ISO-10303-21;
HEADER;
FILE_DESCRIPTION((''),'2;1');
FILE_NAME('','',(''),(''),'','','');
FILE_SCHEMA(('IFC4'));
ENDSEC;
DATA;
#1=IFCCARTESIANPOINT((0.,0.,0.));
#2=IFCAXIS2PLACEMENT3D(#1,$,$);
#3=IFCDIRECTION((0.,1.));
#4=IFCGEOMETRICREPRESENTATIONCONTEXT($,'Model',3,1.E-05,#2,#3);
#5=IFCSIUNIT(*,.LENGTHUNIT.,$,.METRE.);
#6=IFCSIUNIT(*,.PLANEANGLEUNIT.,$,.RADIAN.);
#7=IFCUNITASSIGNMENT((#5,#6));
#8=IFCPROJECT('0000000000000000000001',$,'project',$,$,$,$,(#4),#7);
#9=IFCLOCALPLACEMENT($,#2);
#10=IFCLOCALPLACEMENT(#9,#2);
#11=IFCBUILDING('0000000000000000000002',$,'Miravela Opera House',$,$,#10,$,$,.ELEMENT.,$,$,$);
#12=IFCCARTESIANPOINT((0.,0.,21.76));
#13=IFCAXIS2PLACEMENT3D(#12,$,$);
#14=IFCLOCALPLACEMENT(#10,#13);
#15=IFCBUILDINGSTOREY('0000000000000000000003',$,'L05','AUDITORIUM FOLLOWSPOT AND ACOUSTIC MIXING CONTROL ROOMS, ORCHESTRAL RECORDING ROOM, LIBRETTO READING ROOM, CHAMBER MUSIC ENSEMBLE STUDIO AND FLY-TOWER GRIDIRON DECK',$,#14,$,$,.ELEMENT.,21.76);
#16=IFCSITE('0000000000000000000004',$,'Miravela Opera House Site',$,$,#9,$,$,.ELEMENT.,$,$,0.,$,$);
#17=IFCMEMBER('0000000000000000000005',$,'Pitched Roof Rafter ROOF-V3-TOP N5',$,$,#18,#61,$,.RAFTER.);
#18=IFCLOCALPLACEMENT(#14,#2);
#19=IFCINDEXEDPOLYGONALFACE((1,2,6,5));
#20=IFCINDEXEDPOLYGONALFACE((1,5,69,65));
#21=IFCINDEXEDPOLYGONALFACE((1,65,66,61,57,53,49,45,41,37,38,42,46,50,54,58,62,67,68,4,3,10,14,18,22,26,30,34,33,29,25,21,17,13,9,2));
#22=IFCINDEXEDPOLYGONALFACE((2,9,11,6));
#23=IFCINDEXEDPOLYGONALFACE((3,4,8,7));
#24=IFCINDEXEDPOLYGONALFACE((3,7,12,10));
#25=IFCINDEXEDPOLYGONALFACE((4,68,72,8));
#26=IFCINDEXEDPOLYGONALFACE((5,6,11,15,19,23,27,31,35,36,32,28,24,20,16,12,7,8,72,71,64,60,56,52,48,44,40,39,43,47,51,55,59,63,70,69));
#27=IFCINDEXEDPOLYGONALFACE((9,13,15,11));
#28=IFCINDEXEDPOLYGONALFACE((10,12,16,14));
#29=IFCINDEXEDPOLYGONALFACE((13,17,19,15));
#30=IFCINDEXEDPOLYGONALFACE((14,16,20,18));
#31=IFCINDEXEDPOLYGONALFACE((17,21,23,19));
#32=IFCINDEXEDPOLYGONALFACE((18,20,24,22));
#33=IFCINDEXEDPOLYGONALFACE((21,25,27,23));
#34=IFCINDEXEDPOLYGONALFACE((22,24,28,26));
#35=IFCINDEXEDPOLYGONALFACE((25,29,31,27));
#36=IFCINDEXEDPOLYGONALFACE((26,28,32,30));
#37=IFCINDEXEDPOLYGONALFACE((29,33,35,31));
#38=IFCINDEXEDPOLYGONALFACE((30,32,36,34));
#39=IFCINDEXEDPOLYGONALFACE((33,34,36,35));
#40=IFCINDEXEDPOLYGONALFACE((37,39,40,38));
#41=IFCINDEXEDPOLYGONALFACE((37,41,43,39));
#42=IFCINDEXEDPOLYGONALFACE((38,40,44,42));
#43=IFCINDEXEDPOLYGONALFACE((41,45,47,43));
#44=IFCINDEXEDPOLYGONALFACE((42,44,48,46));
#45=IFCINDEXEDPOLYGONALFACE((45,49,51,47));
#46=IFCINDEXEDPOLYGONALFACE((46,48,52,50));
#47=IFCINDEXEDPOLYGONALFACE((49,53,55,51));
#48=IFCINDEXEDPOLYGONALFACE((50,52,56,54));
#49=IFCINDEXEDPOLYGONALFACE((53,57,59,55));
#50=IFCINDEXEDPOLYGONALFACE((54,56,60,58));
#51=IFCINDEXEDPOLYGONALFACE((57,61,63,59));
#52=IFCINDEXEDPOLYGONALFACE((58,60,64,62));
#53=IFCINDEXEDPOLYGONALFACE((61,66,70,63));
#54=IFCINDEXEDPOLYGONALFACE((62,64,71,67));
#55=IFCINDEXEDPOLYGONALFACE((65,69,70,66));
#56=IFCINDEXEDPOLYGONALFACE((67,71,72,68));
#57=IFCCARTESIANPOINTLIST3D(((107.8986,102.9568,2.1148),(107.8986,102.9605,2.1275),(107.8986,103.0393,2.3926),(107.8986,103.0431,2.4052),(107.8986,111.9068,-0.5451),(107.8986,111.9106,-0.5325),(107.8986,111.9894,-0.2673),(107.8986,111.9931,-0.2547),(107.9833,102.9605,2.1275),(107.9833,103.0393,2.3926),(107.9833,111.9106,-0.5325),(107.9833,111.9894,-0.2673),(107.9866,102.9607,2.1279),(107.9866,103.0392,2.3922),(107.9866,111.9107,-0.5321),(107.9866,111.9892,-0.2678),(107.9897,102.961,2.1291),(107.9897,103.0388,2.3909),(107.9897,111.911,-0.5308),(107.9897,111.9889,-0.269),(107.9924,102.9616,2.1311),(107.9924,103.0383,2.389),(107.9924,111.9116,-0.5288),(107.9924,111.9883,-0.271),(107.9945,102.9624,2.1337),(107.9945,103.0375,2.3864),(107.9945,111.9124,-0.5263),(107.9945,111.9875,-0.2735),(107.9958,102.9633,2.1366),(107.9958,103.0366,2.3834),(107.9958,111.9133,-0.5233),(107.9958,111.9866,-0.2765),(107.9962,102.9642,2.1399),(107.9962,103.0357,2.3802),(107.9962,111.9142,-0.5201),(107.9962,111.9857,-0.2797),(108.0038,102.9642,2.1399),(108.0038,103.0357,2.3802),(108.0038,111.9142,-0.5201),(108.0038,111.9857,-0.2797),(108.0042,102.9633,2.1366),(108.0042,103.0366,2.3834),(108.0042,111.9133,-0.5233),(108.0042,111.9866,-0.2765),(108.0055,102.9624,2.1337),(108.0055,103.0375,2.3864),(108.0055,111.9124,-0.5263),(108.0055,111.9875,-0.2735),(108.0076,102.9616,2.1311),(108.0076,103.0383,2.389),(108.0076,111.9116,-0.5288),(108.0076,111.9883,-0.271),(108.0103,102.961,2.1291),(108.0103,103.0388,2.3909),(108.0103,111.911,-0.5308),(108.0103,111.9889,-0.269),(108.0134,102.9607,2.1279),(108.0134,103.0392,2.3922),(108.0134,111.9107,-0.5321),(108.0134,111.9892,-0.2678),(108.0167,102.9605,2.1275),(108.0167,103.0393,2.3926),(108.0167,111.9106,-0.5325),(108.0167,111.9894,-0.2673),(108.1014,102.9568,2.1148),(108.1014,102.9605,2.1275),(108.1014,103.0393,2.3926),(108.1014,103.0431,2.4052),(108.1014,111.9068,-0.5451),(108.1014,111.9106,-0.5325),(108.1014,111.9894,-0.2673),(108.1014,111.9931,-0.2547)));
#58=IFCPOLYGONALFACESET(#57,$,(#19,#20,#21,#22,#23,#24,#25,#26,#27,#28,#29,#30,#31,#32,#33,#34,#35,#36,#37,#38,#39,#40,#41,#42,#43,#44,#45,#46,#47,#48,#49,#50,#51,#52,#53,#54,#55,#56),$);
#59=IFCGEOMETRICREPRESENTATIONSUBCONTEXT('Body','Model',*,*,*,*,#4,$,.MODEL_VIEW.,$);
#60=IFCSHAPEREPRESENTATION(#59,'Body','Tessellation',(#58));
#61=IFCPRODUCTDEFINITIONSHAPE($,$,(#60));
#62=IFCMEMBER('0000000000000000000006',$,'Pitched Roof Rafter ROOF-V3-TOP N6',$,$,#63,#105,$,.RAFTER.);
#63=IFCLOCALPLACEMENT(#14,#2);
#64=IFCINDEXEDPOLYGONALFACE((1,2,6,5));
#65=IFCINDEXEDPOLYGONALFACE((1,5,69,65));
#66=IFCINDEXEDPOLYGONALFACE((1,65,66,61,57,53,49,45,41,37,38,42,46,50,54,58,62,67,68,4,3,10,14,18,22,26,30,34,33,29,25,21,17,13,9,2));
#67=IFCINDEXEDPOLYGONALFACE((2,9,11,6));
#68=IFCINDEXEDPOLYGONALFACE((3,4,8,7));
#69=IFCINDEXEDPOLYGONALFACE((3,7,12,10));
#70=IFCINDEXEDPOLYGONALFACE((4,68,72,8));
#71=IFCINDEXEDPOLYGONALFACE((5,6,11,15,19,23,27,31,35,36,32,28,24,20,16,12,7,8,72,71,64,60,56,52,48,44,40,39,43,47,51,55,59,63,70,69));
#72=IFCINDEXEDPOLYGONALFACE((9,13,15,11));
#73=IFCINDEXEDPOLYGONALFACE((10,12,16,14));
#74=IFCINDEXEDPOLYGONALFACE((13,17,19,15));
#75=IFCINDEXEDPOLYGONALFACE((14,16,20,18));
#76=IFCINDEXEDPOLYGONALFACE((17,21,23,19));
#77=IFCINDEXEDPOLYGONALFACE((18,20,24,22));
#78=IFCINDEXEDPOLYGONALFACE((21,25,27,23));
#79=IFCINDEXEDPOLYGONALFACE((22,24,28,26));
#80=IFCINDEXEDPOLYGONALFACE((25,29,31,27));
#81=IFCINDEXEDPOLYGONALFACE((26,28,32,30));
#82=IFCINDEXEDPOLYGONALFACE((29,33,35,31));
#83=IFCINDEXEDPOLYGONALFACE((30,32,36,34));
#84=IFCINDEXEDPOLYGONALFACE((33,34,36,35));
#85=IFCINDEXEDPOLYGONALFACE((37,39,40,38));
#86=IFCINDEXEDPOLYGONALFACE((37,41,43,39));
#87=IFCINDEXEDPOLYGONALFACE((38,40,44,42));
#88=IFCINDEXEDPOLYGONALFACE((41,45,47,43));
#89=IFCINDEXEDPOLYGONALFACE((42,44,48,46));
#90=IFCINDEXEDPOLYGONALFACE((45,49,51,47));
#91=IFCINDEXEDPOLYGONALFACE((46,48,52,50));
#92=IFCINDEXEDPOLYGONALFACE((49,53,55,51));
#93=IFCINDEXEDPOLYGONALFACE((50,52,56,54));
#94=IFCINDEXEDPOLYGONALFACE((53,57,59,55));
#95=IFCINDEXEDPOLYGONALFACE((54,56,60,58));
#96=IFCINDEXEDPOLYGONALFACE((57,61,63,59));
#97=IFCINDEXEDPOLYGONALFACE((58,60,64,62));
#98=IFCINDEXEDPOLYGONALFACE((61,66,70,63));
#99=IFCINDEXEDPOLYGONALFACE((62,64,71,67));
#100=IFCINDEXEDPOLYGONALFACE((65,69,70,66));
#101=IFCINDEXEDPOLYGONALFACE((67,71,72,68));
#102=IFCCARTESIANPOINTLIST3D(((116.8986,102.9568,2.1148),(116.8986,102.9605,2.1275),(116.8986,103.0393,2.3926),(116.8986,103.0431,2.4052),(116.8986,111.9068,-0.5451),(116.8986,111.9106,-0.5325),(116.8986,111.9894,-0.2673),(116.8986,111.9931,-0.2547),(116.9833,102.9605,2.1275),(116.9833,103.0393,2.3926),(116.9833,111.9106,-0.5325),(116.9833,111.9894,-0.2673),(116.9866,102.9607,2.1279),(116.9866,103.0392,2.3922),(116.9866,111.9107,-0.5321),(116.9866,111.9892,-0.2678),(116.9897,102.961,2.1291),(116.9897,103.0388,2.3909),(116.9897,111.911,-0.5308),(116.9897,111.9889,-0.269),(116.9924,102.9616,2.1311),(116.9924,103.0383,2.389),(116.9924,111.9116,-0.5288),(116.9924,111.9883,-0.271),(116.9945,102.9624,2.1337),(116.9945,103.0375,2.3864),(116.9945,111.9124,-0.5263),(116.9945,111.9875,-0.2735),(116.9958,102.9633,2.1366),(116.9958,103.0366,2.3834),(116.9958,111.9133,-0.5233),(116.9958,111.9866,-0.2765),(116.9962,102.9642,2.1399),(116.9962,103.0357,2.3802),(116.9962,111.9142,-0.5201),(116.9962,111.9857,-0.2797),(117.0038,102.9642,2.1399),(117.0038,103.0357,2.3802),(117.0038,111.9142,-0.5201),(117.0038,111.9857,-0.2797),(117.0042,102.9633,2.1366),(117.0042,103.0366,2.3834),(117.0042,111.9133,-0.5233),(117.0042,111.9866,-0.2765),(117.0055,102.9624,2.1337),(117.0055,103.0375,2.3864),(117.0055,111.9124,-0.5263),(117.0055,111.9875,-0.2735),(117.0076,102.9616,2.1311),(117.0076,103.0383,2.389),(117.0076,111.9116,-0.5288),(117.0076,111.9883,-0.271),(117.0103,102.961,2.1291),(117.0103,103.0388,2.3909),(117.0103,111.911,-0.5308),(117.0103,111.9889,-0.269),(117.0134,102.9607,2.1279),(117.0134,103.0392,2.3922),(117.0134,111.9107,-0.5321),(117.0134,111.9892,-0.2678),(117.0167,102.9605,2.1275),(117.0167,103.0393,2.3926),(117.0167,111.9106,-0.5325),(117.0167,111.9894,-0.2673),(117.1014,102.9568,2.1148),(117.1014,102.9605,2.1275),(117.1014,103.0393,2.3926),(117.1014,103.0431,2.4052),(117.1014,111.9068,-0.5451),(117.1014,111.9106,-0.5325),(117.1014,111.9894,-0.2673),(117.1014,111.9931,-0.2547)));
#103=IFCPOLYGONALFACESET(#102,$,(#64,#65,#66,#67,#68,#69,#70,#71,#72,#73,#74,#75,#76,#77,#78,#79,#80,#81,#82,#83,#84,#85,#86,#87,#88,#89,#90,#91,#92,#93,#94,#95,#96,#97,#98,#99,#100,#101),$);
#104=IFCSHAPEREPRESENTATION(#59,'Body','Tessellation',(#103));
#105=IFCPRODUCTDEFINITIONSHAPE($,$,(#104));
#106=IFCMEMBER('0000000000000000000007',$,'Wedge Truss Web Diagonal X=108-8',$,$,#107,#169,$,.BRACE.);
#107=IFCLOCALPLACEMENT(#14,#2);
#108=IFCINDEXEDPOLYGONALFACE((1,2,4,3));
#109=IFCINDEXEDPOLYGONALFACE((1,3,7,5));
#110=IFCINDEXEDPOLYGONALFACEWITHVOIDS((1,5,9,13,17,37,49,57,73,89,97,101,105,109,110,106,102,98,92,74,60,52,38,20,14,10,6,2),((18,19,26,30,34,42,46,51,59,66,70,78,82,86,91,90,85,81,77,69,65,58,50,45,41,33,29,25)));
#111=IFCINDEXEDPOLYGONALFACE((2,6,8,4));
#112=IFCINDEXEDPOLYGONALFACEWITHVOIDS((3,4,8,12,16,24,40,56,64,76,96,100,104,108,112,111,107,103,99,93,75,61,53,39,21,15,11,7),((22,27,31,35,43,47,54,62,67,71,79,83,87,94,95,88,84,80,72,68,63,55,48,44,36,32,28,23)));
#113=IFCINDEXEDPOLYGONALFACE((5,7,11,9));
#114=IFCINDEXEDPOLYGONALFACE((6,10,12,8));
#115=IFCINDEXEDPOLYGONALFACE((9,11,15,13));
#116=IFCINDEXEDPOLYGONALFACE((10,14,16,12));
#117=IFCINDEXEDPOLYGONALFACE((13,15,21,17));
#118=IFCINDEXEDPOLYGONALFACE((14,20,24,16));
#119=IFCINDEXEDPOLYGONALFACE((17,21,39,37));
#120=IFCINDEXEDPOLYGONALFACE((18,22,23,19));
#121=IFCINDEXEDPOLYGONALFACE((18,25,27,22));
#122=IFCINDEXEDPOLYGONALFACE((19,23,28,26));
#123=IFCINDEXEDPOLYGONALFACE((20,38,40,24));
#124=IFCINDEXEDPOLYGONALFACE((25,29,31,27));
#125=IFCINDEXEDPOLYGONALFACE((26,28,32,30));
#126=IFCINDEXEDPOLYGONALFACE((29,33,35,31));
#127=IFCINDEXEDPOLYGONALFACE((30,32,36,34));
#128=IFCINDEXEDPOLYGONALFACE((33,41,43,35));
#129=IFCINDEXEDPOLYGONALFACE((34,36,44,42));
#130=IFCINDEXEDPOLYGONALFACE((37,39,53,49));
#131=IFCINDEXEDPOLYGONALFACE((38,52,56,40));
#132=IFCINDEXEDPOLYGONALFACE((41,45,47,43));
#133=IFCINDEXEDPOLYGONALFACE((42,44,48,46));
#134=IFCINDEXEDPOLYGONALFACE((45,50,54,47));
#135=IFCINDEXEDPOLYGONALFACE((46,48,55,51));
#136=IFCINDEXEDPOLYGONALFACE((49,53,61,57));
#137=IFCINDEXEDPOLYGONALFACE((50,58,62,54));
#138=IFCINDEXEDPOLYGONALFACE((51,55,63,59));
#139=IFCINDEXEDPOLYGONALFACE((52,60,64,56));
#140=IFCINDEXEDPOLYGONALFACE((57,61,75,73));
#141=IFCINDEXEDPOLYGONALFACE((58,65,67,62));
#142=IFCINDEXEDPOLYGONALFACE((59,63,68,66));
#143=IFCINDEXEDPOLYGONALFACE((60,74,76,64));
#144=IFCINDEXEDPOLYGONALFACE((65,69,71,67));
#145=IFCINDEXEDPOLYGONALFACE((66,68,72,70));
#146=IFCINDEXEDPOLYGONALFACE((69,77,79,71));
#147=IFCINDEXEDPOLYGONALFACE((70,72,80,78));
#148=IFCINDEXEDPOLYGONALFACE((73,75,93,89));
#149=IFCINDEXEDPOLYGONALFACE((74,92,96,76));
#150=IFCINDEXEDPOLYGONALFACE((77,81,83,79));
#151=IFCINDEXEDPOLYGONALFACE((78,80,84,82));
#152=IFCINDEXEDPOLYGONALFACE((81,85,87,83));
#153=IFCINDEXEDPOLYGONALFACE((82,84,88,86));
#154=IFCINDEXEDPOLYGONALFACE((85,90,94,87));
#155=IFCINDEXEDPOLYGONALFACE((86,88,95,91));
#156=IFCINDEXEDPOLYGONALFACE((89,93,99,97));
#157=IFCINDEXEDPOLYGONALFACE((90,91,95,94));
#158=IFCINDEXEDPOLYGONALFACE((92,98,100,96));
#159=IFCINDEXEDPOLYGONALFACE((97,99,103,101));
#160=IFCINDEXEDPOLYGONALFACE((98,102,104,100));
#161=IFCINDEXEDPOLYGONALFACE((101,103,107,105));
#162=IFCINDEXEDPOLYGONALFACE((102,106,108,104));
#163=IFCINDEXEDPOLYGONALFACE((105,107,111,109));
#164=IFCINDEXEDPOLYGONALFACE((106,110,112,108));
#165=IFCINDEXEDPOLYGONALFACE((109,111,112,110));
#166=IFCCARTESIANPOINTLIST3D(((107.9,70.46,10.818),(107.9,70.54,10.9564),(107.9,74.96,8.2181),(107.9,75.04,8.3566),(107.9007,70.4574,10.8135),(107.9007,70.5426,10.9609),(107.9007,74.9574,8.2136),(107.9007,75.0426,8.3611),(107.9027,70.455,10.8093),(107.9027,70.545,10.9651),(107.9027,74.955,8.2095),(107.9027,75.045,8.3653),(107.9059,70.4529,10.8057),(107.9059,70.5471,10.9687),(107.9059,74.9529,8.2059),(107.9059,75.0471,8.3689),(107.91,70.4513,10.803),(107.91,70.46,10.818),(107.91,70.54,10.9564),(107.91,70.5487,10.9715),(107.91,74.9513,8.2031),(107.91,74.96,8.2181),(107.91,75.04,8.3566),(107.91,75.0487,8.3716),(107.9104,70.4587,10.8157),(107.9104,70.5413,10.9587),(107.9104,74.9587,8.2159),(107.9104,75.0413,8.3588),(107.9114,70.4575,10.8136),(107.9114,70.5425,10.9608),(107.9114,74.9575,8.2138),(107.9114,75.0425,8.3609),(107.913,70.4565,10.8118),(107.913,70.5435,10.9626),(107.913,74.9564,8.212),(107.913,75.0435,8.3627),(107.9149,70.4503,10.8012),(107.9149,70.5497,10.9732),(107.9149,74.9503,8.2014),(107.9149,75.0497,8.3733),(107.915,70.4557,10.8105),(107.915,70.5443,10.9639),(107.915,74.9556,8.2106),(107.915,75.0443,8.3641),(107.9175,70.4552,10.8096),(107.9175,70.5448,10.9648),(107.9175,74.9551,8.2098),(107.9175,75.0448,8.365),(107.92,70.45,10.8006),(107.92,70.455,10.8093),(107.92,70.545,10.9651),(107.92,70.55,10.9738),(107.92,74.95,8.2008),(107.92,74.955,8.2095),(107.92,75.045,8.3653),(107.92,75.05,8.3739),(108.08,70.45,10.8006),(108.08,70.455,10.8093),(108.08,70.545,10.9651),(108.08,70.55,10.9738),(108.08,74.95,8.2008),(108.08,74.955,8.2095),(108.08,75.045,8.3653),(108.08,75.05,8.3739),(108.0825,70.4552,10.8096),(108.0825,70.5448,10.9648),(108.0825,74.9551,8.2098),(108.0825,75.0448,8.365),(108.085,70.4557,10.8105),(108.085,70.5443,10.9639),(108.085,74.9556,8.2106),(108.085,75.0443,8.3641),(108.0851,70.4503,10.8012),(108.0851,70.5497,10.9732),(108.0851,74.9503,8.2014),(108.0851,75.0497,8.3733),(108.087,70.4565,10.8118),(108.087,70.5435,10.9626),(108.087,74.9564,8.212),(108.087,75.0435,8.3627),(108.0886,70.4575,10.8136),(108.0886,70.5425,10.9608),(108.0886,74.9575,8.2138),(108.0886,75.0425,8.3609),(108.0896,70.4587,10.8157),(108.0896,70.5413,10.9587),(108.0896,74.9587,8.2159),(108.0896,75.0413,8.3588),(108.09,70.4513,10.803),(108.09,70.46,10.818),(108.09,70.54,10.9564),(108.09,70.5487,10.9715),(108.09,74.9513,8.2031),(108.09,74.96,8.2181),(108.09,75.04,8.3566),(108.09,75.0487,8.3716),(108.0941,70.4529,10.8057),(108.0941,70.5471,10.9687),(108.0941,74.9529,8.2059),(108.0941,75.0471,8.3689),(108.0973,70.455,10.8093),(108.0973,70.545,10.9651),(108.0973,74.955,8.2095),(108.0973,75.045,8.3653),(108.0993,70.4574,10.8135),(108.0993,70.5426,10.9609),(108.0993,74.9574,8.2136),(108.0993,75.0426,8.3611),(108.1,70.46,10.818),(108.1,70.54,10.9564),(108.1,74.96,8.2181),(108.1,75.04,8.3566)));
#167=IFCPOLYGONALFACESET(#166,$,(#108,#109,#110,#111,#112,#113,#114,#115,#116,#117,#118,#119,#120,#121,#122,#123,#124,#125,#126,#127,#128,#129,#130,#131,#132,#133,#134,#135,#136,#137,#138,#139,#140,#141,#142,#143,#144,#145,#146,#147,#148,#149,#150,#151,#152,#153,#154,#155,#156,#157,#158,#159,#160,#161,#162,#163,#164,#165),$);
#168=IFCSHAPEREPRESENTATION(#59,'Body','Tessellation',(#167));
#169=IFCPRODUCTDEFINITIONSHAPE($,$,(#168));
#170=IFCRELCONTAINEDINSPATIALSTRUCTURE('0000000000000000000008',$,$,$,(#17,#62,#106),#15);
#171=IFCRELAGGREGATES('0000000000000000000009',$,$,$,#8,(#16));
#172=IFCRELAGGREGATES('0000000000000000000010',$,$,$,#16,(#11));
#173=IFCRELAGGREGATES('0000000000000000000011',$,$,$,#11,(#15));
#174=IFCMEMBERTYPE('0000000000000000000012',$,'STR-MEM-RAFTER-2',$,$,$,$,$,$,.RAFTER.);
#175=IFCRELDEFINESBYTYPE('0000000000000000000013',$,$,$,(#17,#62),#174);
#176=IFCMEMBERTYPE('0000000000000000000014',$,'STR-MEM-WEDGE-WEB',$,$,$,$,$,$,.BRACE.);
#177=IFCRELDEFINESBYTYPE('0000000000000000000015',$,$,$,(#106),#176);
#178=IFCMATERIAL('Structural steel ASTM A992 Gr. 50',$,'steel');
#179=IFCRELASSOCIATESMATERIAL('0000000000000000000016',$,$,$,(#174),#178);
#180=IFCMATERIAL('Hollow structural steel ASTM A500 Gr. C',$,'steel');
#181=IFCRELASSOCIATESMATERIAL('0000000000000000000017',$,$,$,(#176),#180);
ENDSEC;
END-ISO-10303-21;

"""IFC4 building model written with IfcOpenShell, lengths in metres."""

from ifc_helpers import new_model, si_unit, direction, frame, origin, origin_2d, place, context, subcontext, project, spatial, hollow_rectangle, i_section, extrude, material, material_profile, profile_set, type_object, element, save


model = new_model("IFC4")

# Units and contexts
model_context = context("Model", 3, precision=1e-05, world=origin(), true_north=direction((0.0, 1.0)))
body_context = subcontext(model_context, "Body", "Model", "MODEL_VIEW")
ifc_project = project(units=[si_unit("LENGTHUNIT", "METRE"), si_unit("PLANEANGLEUNIT", "RADIAN")], contexts=[model_context])

# Site, building, storey
site_placement = place(None, origin())
site = spatial("IfcSite", under=ifc_project, at=site_placement, Name="Miravela Opera House Site", CompositionType="ELEMENT", RefElevation=0.0)
building_placement = place(site_placement, origin())
building = spatial("IfcBuilding", under=site, at=building_placement, Name="Miravela Opera House", CompositionType="ELEMENT")
storey_placement = place(building_placement, frame((0.0, 0.0, 21.76)))
storey = spatial("IfcBuildingStorey", under=building, at=storey_placement, Name="L05", Description="AUDITORIUM FOLLOWSPOT AND ACOUSTIC MIXING CONTROL ROOMS, ORCHESTRAL RECORDING ROOM, LIBRETTO READING ROOM, CHAMBER MUSIC ENSEMBLE STUDIO AND FLY-TOWER GRIDIRON DECK", CompositionType="ELEMENT", Elevation=21.76)

# Members
ifc_material_1 = material(Name="Hollow structural steel ASTM A500 Gr. C", Category="steel")
ifc_material_2 = material(Name="Structural steel ASTM A992 Gr. 50", Category="steel")
ifc_material_profile_1 = material_profile(ifc_material_2, i_section(OverallWidth=0.2029, OverallDepth=0.303, WebThickness=0.0076, FlangeThickness=0.0132, FilletRadius=0.0129, at=origin_2d()), Name="W310X60")
ifc_profile_set_1 = profile_set([ifc_material_profile_1])
member_type_1 = type_object("IfcMemberType", Name="STR-MEM-RAFTER-2", PredefinedType="RAFTER", material=ifc_profile_set_1)
for number, where, z_axis, x_axis, name in (
    (1, (108.0, 111.95, -0.3999), (0.0, -0.958562, 0.284883), (1.0, 0.0, 0.0), "Pitched Roof Rafter ROOF-V3-TOP N5"),
    (2, (117.0, 111.95, -0.3999), (0.0, -0.958562, 0.284883), (1.0, 0.0, 0.0), "Pitched Roof Rafter ROOF-V3-TOP N6"),
):
    element("IfcMember", number, at=place(storey_placement, frame(where, z_axis=z_axis, x_axis=x_axis)), inside=storey, type_object=member_type_1, Name=name, PredefinedType="RAFTER", context=body_context, shape_type="SweptSolid", body=[
        extrude(i_section(OverallWidth=0.2029, OverallDepth=0.303, WebThickness=0.0076, FlangeThickness=0.0132, FilletRadius=0.0129, at=origin_2d()), origin(), (0.0, 0.0, 1.0), 9.3369),
    ])
ifc_material_profile_2 = material_profile(ifc_material_1, hollow_rectangle(XDim=0.2, YDim=0.2, WallThickness=0.01, InnerFilletRadius=0.01, OuterFilletRadius=0.02, at=origin_2d()), Name="HSS200X200X10")
ifc_profile_set_2 = profile_set([ifc_material_profile_2])
member_type_2 = type_object("IfcMemberType", Name="STR-MEM-WEDGE-WEB", PredefinedType="BRACE", material=ifc_profile_set_2)
member_1_placement = place(storey_placement, frame((108.0, 70.5, 10.8872), z_axis=(0.0, 0.865877, -0.500256), x_axis=(-1.0, 0.0, 0.0)))
element("IfcMember", 3, at=member_1_placement, inside=storey, type_object=member_type_2, Name="Wedge Truss Web Diagonal X=108-8", PredefinedType="BRACE", context=body_context, shape_type="SweptSolid", body=[
    extrude(hollow_rectangle(XDim=0.2, YDim=0.2, WallThickness=0.01, InnerFilletRadius=0.01, OuterFilletRadius=0.02, at=origin_2d()), origin(), (0.0, 0.0, 1.0), 5.197),
])

save(model, "model.ifc")
